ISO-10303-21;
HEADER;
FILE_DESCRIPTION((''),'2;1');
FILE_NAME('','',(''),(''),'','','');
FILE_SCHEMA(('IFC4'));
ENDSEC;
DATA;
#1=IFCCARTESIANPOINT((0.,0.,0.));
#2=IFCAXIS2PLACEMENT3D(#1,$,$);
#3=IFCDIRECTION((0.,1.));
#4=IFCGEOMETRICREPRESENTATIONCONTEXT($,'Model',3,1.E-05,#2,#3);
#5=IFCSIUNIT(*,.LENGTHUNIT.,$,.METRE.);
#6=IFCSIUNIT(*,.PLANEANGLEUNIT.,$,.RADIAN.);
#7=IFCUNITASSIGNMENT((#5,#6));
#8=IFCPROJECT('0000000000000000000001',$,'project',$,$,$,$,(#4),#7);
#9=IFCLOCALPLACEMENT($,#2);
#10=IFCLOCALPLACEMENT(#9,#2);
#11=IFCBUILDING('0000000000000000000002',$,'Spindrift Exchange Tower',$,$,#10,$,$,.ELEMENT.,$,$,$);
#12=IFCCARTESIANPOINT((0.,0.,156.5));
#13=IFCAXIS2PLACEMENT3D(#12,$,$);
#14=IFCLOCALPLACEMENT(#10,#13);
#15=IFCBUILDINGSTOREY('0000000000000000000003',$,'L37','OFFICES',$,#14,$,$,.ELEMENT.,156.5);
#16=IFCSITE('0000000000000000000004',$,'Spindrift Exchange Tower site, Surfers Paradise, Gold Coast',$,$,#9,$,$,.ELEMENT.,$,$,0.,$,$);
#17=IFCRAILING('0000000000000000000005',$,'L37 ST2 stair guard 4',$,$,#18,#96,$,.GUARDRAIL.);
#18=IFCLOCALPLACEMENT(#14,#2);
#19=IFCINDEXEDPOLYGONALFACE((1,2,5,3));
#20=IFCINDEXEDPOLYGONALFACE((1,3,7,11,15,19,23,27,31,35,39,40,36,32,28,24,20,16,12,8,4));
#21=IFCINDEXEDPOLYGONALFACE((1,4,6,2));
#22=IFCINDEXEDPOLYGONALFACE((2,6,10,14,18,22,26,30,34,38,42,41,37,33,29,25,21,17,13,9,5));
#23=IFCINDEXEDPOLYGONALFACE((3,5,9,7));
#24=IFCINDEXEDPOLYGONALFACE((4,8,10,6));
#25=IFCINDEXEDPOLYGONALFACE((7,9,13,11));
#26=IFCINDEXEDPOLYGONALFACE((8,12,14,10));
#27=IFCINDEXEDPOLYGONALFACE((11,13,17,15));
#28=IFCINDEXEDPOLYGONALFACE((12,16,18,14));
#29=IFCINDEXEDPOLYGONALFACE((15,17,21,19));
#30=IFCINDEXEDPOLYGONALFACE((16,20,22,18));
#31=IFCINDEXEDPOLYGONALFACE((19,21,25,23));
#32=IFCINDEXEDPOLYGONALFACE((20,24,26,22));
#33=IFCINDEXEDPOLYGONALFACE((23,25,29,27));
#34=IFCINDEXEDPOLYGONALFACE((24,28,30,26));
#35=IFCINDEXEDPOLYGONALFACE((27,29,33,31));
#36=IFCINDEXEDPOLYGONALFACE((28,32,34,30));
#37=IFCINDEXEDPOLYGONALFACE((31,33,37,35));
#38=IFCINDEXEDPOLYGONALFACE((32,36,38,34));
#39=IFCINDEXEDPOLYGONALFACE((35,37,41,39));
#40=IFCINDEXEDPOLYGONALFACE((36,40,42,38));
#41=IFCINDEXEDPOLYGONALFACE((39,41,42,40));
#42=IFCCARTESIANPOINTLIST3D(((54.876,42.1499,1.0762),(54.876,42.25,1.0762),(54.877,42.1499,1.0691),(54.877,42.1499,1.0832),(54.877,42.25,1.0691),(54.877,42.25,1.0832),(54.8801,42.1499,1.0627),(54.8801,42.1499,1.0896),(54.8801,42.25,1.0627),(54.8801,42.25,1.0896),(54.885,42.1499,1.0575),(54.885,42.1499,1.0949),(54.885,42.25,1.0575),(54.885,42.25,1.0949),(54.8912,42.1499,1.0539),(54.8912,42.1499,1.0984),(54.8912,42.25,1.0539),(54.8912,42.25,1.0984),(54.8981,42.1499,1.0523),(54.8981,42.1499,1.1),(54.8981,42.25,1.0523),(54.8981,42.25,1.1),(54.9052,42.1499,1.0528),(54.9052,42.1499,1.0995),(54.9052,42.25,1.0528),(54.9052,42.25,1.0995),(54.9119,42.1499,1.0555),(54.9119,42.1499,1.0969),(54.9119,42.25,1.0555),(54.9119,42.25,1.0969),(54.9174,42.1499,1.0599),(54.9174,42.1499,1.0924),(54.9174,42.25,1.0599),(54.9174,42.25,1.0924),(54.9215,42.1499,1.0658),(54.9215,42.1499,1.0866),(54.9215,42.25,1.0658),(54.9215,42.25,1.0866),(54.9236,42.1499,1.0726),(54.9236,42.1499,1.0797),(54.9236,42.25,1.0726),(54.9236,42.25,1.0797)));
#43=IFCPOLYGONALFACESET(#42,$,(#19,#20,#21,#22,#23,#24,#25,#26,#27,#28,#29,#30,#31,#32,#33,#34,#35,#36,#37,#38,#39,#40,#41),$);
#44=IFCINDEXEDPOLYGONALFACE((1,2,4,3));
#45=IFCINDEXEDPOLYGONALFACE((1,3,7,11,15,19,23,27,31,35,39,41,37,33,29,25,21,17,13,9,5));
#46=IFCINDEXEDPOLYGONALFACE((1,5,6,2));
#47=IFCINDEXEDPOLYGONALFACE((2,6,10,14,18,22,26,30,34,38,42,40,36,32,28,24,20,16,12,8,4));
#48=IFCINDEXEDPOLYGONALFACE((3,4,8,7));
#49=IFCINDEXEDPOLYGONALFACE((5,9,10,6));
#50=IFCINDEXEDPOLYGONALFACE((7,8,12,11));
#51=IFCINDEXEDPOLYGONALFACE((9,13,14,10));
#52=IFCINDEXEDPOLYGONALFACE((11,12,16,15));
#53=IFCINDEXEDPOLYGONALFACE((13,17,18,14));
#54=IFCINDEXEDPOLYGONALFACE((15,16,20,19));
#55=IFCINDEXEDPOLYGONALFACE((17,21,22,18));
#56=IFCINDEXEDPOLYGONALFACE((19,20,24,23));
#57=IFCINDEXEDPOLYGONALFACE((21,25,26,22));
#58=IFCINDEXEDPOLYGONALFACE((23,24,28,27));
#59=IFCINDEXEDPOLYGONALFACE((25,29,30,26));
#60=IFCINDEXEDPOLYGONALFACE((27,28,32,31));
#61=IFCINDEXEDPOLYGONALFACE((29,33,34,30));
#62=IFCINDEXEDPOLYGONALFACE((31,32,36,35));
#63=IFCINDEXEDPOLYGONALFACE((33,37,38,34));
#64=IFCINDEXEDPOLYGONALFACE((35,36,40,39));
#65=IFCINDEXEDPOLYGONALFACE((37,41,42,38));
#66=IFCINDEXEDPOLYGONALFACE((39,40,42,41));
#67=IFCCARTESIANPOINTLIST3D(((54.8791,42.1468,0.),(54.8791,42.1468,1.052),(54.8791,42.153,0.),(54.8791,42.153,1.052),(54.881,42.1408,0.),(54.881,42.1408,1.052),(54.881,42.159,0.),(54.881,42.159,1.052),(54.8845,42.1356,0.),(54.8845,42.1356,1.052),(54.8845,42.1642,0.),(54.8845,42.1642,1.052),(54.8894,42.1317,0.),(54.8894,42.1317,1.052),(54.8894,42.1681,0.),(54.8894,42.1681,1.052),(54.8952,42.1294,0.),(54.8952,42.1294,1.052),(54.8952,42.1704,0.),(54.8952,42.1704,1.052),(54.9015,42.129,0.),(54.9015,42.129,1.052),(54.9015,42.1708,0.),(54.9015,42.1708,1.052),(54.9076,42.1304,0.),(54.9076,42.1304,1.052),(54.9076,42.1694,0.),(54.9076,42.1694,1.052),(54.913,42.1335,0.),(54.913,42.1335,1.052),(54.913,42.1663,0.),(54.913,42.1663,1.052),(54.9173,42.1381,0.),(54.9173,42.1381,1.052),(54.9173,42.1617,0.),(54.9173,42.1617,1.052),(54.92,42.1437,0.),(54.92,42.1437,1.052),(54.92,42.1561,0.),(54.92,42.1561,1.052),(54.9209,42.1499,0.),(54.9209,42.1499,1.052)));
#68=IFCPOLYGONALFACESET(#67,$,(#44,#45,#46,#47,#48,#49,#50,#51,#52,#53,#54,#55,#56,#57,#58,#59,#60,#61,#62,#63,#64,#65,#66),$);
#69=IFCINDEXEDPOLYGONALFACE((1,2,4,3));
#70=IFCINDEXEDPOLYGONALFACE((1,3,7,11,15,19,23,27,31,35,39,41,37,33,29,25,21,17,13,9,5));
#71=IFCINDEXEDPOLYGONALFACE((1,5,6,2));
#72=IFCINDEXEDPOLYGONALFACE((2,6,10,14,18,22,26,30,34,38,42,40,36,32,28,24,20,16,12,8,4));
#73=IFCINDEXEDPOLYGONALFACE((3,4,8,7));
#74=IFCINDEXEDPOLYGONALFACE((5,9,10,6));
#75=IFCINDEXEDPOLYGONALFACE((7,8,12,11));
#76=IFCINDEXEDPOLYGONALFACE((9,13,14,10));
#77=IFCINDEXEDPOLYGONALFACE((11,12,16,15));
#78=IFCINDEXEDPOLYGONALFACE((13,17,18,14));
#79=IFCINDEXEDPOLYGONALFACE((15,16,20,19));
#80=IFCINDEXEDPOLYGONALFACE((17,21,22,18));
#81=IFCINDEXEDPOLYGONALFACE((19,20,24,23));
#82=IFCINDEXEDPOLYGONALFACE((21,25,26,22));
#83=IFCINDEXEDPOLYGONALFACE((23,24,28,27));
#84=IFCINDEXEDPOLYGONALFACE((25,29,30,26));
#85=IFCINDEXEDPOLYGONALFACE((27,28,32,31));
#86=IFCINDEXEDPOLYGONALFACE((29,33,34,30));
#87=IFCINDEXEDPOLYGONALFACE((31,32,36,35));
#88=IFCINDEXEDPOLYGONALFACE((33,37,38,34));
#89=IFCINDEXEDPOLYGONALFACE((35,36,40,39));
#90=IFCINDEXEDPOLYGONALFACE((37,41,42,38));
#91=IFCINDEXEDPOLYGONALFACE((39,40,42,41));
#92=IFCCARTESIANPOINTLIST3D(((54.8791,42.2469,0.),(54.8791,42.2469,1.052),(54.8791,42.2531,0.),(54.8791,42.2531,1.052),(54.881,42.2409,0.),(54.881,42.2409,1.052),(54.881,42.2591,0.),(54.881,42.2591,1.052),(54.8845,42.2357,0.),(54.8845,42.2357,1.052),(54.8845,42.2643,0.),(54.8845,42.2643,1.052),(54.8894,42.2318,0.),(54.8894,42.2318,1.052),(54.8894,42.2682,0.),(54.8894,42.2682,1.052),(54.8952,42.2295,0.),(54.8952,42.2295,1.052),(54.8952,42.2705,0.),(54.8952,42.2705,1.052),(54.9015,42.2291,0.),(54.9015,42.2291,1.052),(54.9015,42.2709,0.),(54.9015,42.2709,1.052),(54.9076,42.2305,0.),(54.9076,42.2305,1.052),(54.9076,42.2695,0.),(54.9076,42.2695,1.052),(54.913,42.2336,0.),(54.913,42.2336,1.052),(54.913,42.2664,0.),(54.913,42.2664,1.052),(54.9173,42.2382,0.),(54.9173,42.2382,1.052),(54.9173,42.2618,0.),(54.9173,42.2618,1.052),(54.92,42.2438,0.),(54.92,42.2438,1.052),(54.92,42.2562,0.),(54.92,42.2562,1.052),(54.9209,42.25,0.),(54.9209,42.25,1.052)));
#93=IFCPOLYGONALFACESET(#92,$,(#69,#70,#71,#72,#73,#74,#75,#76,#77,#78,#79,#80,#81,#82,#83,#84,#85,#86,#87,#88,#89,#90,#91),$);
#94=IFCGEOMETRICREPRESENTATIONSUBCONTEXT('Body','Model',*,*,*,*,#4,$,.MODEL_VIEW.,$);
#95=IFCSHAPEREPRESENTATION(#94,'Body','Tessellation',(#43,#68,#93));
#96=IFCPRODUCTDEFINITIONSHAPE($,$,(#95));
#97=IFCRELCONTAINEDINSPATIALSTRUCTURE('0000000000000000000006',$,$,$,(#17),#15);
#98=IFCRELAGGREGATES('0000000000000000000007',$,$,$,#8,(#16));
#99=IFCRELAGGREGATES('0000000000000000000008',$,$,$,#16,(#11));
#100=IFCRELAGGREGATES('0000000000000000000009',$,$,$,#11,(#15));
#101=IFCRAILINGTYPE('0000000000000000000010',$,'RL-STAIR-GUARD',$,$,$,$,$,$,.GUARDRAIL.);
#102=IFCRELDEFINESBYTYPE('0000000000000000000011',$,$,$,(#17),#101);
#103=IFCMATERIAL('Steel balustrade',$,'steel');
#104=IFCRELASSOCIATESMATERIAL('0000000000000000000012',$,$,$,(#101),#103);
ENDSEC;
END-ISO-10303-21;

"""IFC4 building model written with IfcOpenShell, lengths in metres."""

from ifc_helpers import new_model, si_unit, direction, frame, origin, origin_2d, place, context, subcontext, project, spatial, circle, extrude, material, type_object, element, save


model = new_model("IFC4")

# Units and contexts
model_context = context("Model", 3, precision=1e-05, world=origin(), true_north=direction((0.0, 1.0)))
body_context = subcontext(model_context, "Body", "Model", "MODEL_VIEW")
ifc_project = project(units=[si_unit("LENGTHUNIT", "METRE"), si_unit("PLANEANGLEUNIT", "RADIAN")], contexts=[model_context])

# Site, building, storey
site_placement = place(None, origin())
site = spatial("IfcSite", under=ifc_project, at=site_placement, Name="Spindrift Exchange Tower site, Surfers Paradise, Gold Coast", CompositionType="ELEMENT", RefElevation=0.0)
building_placement = place(site_placement, origin())
building = spatial("IfcBuilding", under=site, at=building_placement, Name="Spindrift Exchange Tower", CompositionType="ELEMENT")
storey_placement = place(building_placement, frame((0.0, 0.0, 156.5)))
storey = spatial("IfcBuildingStorey", under=building, at=storey_placement, Name="L37", Description="OFFICES", CompositionType="ELEMENT", Elevation=156.5)

# Railing
ifc_material_1 = material(Name="Steel balustrade", Category="steel")
railing_type_1 = type_object("IfcRailingType", Name="RL-STAIR-GUARD", PredefinedType="GUARDRAIL", material=ifc_material_1)
railing_1_placement = place(storey_placement, frame((54.8999, 42.1499, 0.0)))
element("IfcRailing", 1, at=railing_1_placement, inside=storey, type_object=railing_type_1, Name="L37 ST2 stair guard 4", PredefinedType="GUARDRAIL", context=body_context, shape_type="SweptSolid", body=[
    extrude(circle(Radius=0.0239, at=origin_2d()), frame((0.0, 0.0, 1.0762), z_axis=(0.0, 1.0, 0.0), x_axis=(-1.0, 0.0, 0.0)), (0.0, 0.0, 1.0), 0.1001),
    extrude(circle(Radius=0.021, at=origin_2d()), origin(), (0.0, 0.0, 1.0), 1.052),
    extrude(circle(Radius=0.021, at=origin_2d()), frame((0.0, 0.1001, 0.0)), (0.0, 0.0, 1.0), 1.052),
])

save(model, "model.ifc")
